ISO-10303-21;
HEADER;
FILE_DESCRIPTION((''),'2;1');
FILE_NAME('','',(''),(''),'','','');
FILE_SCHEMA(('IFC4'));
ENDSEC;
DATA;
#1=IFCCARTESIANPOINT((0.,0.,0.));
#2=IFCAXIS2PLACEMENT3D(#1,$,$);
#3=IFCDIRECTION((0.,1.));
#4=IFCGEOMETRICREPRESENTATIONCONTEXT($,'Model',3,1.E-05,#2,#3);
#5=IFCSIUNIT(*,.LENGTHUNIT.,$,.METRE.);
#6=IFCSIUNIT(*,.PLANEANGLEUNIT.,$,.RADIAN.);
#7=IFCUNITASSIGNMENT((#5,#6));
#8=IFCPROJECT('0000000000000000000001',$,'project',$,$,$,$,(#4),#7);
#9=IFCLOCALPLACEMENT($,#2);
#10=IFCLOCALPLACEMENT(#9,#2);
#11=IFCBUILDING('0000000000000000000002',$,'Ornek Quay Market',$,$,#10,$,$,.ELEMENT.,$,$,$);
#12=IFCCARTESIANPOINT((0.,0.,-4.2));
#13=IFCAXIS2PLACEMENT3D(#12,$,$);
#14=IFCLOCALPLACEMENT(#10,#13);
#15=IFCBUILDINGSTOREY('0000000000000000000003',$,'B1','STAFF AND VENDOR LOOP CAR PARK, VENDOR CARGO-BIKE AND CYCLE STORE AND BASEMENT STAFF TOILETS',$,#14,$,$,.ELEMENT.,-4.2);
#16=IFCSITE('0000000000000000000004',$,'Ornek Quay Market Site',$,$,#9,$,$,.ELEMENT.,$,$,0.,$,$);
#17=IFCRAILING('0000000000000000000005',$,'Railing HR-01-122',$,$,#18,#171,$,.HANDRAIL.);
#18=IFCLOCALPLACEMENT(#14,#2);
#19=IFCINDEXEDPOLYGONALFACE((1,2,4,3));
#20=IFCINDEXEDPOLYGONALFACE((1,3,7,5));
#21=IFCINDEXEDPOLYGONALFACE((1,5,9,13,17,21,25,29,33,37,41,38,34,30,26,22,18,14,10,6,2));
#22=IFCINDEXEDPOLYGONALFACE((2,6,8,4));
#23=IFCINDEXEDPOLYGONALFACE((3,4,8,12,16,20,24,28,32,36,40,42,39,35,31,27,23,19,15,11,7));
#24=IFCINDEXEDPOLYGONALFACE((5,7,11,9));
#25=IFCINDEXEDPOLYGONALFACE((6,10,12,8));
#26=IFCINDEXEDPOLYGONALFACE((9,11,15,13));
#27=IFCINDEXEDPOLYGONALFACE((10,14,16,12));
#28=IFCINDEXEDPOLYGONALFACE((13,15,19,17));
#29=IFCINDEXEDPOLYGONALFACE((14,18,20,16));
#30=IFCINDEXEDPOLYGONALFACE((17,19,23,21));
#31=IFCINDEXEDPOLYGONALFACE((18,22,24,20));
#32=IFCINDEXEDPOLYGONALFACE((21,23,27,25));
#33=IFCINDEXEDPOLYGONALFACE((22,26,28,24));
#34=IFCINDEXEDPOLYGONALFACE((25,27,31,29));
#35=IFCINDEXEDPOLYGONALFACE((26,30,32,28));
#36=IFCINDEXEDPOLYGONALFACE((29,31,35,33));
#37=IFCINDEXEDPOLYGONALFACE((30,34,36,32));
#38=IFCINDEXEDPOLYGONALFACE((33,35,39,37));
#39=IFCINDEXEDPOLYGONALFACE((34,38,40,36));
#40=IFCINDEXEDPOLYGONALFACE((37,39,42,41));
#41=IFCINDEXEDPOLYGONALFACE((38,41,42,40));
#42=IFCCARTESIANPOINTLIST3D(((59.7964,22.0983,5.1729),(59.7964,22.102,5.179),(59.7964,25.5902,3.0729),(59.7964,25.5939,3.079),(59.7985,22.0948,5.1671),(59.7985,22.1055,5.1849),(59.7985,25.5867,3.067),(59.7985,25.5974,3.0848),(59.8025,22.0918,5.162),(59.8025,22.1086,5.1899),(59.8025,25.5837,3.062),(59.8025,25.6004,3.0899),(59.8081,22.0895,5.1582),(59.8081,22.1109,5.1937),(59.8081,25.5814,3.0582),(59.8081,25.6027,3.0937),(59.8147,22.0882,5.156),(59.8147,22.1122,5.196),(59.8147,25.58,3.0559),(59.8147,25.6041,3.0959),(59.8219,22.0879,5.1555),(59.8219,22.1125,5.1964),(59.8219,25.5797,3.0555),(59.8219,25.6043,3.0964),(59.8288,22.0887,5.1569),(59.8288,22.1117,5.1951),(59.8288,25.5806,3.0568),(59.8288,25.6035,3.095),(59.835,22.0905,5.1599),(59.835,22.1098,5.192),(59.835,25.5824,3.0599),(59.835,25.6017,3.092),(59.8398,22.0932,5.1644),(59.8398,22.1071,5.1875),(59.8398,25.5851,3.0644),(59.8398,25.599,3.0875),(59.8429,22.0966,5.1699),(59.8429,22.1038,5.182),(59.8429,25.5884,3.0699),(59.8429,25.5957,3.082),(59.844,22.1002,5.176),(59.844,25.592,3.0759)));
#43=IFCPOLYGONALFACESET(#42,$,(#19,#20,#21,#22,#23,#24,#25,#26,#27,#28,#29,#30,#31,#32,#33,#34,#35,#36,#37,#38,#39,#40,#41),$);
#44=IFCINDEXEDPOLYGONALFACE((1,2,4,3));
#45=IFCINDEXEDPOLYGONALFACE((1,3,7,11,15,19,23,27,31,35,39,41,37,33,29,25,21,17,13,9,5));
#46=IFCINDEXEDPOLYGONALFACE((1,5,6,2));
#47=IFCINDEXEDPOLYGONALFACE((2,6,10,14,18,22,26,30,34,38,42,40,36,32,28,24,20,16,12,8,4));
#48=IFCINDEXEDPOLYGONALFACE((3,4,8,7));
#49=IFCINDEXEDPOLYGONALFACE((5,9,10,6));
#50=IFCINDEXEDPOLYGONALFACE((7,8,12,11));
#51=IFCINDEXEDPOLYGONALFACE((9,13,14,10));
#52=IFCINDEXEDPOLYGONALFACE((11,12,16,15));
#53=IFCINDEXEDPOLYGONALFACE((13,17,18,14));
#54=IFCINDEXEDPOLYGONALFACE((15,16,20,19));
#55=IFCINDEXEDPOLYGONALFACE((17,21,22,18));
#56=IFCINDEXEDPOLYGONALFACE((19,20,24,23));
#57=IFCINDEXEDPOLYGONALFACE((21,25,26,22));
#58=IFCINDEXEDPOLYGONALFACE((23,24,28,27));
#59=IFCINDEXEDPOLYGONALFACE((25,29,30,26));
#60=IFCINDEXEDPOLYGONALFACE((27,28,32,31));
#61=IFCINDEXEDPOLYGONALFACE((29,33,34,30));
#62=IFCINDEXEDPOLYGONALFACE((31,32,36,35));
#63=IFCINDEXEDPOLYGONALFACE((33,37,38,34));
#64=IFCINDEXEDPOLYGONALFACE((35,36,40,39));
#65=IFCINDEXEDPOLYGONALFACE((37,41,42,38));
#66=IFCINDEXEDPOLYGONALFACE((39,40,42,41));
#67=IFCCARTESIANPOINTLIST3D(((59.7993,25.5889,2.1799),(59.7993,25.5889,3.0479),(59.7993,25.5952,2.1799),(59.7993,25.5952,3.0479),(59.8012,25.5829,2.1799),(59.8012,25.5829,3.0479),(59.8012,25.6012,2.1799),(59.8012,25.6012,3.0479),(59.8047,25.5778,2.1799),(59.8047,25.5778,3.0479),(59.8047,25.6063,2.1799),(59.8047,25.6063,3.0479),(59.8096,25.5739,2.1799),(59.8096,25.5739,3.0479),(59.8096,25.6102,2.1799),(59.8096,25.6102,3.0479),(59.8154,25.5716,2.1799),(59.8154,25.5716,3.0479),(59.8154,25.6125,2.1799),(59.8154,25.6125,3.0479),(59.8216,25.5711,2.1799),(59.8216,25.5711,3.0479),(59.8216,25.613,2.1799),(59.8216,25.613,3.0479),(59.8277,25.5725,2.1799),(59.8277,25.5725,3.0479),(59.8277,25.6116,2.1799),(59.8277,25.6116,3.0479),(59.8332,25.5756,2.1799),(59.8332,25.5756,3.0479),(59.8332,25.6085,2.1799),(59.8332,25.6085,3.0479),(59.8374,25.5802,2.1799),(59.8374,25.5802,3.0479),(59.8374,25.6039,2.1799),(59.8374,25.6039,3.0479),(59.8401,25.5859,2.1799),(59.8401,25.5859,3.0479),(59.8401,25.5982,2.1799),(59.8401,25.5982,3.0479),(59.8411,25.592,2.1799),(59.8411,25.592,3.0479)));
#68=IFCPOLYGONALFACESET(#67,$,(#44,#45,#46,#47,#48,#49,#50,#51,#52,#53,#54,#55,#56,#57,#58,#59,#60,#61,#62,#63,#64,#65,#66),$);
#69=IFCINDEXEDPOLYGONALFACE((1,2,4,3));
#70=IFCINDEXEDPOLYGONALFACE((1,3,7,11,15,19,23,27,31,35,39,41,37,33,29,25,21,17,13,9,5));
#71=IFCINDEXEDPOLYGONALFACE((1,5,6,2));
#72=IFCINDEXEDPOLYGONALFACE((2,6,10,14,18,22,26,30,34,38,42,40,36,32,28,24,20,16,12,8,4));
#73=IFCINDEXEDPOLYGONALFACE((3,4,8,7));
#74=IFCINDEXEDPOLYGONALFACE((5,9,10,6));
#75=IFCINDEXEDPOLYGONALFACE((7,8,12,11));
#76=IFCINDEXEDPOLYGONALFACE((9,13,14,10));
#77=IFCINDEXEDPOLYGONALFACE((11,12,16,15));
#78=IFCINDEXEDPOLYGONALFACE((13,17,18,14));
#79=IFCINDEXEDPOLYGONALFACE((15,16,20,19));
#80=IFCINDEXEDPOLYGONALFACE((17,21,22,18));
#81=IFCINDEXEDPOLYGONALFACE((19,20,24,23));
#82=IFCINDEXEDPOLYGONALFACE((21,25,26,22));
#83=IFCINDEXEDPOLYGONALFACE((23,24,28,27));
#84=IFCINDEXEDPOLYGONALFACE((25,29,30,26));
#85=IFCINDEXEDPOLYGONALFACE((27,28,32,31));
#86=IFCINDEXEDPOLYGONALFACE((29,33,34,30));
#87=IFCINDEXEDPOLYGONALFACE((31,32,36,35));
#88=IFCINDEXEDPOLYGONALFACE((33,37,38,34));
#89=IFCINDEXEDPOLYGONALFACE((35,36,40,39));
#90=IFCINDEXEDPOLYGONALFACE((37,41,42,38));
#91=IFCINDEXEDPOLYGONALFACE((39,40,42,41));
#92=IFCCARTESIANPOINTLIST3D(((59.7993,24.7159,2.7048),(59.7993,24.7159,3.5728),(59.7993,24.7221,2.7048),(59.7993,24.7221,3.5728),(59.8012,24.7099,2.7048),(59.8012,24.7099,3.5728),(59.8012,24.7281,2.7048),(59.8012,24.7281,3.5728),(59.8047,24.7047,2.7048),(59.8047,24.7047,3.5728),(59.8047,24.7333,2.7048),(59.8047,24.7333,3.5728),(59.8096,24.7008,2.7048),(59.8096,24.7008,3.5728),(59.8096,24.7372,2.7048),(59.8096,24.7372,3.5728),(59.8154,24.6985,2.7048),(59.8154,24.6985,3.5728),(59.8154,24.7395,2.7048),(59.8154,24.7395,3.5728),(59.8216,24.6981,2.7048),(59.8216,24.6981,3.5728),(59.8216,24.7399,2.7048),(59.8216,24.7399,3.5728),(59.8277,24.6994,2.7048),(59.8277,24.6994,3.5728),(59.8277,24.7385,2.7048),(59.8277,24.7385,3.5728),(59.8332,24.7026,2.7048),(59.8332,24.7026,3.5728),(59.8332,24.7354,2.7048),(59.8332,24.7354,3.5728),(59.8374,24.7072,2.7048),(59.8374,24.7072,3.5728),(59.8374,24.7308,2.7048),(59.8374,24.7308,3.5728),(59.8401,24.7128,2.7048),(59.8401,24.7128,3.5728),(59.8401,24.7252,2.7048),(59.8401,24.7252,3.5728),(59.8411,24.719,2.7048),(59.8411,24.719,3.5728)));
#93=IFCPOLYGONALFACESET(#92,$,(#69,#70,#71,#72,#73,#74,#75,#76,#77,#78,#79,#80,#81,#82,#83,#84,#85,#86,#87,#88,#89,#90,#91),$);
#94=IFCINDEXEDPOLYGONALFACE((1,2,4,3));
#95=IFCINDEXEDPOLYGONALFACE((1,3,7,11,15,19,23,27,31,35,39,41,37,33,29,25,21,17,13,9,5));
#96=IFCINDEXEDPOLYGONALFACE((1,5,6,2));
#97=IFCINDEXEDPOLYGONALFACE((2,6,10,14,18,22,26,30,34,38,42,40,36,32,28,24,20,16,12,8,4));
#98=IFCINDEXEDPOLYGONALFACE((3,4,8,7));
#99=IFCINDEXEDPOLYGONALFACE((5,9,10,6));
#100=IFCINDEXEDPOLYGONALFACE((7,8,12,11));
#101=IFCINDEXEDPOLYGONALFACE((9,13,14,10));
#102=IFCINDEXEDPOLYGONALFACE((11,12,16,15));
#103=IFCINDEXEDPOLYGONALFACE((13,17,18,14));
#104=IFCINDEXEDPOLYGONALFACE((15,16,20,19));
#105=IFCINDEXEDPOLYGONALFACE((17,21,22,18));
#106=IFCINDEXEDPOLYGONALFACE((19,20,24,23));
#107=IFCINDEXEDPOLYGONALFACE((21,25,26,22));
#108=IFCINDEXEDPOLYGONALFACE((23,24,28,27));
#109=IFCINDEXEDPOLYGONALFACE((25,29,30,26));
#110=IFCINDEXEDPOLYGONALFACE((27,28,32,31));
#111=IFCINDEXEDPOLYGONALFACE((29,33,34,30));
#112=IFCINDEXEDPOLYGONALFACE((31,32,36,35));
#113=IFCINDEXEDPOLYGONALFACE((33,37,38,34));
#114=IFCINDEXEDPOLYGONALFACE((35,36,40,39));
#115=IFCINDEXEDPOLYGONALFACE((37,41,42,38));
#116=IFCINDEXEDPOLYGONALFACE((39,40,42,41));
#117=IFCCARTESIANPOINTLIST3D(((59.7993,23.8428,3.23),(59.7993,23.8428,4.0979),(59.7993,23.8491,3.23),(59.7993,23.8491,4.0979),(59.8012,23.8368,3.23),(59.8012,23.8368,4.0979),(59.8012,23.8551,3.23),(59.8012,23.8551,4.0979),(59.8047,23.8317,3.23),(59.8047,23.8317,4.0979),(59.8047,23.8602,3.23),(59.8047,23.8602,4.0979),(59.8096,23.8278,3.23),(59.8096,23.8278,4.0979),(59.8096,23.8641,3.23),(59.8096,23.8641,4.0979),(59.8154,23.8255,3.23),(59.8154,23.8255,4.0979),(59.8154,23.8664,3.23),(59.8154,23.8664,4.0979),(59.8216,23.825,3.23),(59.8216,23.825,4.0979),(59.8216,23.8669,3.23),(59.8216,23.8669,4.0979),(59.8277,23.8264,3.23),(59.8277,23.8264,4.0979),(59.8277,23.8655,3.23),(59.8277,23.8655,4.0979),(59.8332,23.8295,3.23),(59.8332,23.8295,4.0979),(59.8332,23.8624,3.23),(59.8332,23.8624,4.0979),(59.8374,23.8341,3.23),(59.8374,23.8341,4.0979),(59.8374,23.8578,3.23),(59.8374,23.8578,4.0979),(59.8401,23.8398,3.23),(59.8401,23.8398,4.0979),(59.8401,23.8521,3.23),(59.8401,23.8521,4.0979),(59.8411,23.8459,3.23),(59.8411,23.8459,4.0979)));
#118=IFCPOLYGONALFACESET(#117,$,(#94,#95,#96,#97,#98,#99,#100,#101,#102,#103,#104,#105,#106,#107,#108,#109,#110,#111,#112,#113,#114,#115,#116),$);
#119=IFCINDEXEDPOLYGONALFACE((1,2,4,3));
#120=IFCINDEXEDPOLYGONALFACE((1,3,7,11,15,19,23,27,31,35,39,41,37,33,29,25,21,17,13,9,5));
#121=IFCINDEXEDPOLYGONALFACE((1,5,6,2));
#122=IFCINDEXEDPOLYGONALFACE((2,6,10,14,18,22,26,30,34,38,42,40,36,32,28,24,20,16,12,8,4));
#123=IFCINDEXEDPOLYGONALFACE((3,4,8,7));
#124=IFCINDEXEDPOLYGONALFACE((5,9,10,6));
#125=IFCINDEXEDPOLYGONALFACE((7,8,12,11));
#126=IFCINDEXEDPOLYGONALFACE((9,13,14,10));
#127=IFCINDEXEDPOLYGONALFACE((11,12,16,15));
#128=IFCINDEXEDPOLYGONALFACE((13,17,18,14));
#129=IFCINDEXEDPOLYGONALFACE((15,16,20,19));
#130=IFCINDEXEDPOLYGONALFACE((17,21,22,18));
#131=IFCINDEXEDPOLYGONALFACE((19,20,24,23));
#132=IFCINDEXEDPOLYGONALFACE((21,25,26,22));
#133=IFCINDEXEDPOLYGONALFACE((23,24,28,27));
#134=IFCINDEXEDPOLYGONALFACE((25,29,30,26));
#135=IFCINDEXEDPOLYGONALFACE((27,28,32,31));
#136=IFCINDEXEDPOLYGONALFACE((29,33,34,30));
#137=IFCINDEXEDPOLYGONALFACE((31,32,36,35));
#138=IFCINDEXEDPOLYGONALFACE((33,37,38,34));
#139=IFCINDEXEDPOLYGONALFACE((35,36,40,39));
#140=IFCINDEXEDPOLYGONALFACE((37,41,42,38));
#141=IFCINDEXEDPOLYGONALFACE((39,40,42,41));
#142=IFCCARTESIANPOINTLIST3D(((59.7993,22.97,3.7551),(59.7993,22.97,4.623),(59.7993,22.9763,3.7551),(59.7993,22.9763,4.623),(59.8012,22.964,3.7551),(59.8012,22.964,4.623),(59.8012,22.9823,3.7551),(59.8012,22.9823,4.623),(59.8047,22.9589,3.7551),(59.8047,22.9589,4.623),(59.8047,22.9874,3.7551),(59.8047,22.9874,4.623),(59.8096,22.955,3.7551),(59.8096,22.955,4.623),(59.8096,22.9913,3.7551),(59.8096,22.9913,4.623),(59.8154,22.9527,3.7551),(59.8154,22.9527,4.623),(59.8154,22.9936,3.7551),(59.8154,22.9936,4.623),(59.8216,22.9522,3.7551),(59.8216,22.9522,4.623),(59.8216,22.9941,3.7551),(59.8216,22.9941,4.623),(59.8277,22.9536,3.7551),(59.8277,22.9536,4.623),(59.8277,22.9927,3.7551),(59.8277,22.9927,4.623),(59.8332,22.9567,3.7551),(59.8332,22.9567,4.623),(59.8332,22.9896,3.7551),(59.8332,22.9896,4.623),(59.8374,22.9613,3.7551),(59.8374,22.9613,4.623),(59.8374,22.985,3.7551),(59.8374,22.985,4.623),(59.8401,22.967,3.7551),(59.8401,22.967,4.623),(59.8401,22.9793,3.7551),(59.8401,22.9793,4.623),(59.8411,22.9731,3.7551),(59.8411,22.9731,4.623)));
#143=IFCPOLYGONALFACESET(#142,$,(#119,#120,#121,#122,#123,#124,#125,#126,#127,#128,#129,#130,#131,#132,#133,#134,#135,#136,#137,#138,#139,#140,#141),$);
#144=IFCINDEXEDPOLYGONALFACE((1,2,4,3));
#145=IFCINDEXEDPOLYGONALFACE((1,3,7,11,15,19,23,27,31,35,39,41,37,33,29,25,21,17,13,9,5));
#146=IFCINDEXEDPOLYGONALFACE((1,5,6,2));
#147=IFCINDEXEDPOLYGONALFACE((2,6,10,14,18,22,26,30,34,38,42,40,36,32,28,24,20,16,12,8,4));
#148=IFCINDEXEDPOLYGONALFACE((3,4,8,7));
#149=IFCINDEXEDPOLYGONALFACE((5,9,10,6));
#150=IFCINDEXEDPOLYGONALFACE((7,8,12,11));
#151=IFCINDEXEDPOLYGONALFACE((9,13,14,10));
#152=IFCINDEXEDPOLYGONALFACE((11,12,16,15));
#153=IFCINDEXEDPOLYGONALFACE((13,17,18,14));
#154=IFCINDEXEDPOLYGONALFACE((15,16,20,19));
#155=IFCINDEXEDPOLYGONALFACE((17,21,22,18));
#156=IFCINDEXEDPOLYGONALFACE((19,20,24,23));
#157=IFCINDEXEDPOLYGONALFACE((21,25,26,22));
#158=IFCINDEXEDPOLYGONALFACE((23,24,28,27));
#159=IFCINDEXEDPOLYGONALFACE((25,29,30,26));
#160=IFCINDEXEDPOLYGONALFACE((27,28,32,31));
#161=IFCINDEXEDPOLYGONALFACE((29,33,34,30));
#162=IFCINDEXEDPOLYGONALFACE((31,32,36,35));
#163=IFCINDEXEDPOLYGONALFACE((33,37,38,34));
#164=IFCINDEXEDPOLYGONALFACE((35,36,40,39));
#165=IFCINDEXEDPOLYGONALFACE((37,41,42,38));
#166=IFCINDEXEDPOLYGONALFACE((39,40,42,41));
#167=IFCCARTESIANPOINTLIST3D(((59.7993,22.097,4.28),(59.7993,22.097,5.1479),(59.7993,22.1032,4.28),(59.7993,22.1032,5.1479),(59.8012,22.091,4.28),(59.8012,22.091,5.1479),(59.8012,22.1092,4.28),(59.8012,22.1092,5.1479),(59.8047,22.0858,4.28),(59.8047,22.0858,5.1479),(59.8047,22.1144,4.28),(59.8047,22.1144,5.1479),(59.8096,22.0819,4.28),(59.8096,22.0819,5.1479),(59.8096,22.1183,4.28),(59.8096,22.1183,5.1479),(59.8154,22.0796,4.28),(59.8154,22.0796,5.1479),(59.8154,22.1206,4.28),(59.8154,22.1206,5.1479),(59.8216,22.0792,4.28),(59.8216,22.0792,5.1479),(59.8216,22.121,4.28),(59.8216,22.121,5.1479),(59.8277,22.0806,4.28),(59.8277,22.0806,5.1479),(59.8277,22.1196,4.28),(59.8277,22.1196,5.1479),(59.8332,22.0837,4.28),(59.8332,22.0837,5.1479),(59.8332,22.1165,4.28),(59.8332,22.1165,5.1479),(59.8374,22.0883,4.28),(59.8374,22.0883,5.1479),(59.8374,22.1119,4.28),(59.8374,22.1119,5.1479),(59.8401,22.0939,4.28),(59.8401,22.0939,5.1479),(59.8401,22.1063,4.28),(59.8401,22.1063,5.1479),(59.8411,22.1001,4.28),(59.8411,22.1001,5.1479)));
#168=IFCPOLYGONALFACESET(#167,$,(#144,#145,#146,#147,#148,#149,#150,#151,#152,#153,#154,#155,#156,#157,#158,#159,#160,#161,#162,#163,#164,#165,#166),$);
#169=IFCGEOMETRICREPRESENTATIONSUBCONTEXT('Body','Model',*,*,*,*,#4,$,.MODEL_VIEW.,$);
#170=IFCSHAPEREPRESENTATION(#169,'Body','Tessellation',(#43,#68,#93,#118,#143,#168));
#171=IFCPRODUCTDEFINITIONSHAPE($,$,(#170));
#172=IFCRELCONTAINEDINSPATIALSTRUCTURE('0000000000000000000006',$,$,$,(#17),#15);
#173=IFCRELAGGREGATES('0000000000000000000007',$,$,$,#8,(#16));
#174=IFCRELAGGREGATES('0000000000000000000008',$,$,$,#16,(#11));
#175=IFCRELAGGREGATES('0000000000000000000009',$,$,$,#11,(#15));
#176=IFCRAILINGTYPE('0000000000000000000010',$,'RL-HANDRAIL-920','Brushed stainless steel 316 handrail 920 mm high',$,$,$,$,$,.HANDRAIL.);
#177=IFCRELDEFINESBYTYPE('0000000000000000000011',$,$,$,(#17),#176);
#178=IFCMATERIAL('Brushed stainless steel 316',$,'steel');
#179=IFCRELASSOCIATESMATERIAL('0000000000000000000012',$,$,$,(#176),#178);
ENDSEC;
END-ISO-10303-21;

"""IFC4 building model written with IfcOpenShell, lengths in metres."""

from ifc_helpers import new_model, si_unit, direction, frame, origin, origin_2d, place, context, subcontext, project, spatial, circle, extrude, material, type_object, element, save


model = new_model("IFC4")

# Units and contexts
model_context = context("Model", 3, precision=1e-05, world=origin(), true_north=direction((0.0, 1.0)))
body_context = subcontext(model_context, "Body", "Model", "MODEL_VIEW")
ifc_project = project(units=[si_unit("LENGTHUNIT", "METRE"), si_unit("PLANEANGLEUNIT", "RADIAN")], contexts=[model_context])

# Site, building, storey
site_placement = place(None, origin())
site = spatial("IfcSite", under=ifc_project, at=site_placement, Name="Ornek Quay Market Site", CompositionType="ELEMENT", RefElevation=0.0)
building_placement = place(site_placement, origin())
building = spatial("IfcBuilding", under=site, at=building_placement, Name="Ornek Quay Market", CompositionType="ELEMENT")
storey_placement = place(building_placement, frame((0.0, 0.0, -4.2)))
storey = spatial("IfcBuildingStorey", under=building, at=storey_placement, Name="B1", Description="STAFF AND VENDOR LOOP CAR PARK, VENDOR CARGO-BIKE AND CYCLE STORE AND BASEMENT STAFF TOILETS", CompositionType="ELEMENT", Elevation=-4.2)

# Railing
ifc_material_1 = material(Name="Brushed stainless steel 316", Category="steel")
railing_type_1 = type_object("IfcRailingType", Name="RL-HANDRAIL-920", Description="Brushed stainless steel 316 handrail 920 mm high", PredefinedType="HANDRAIL", material=ifc_material_1)
railing_1_placement = place(storey_placement, frame((59.8201, 25.592, 2.1799)))
element("IfcRailing", 1, at=railing_1_placement, inside=storey, type_object=railing_type_1, Name="Railing HR-01-122", PredefinedType="HANDRAIL", context=body_context, shape_type="SweptSolid", body=[
    extrude(circle(Radius=0.0239, at=origin_2d()), frame((0.0, 0.0, 0.896), z_axis=(0.0, -0.856959, 0.515385), x_axis=(1.0, 0.0, 0.0)), (0.0, 0.0, 1.0), 4.0747),
    extrude(circle(Radius=0.021, at=origin_2d()), origin(), (0.0, 0.0, 1.0), 0.8679),
    extrude(circle(Radius=0.021, at=origin_2d()), frame((0.0, -0.873, 0.5249)), (0.0, 0.0, 1.0), 0.8679),
    extrude(circle(Radius=0.021, at=origin_2d()), frame((0.0, -1.7461, 1.05)), (0.0, 0.0, 1.0), 0.8679),
    extrude(circle(Radius=0.021, at=origin_2d()), frame((0.0, -2.6189, 1.5752)), (0.0, 0.0, 1.0), 0.8679),
    extrude(circle(Radius=0.021, at=origin_2d()), frame((0.0, -3.4919, 2.1001)), (0.0, 0.0, 1.0), 0.8679),
])

save(model, "model.ifc")
